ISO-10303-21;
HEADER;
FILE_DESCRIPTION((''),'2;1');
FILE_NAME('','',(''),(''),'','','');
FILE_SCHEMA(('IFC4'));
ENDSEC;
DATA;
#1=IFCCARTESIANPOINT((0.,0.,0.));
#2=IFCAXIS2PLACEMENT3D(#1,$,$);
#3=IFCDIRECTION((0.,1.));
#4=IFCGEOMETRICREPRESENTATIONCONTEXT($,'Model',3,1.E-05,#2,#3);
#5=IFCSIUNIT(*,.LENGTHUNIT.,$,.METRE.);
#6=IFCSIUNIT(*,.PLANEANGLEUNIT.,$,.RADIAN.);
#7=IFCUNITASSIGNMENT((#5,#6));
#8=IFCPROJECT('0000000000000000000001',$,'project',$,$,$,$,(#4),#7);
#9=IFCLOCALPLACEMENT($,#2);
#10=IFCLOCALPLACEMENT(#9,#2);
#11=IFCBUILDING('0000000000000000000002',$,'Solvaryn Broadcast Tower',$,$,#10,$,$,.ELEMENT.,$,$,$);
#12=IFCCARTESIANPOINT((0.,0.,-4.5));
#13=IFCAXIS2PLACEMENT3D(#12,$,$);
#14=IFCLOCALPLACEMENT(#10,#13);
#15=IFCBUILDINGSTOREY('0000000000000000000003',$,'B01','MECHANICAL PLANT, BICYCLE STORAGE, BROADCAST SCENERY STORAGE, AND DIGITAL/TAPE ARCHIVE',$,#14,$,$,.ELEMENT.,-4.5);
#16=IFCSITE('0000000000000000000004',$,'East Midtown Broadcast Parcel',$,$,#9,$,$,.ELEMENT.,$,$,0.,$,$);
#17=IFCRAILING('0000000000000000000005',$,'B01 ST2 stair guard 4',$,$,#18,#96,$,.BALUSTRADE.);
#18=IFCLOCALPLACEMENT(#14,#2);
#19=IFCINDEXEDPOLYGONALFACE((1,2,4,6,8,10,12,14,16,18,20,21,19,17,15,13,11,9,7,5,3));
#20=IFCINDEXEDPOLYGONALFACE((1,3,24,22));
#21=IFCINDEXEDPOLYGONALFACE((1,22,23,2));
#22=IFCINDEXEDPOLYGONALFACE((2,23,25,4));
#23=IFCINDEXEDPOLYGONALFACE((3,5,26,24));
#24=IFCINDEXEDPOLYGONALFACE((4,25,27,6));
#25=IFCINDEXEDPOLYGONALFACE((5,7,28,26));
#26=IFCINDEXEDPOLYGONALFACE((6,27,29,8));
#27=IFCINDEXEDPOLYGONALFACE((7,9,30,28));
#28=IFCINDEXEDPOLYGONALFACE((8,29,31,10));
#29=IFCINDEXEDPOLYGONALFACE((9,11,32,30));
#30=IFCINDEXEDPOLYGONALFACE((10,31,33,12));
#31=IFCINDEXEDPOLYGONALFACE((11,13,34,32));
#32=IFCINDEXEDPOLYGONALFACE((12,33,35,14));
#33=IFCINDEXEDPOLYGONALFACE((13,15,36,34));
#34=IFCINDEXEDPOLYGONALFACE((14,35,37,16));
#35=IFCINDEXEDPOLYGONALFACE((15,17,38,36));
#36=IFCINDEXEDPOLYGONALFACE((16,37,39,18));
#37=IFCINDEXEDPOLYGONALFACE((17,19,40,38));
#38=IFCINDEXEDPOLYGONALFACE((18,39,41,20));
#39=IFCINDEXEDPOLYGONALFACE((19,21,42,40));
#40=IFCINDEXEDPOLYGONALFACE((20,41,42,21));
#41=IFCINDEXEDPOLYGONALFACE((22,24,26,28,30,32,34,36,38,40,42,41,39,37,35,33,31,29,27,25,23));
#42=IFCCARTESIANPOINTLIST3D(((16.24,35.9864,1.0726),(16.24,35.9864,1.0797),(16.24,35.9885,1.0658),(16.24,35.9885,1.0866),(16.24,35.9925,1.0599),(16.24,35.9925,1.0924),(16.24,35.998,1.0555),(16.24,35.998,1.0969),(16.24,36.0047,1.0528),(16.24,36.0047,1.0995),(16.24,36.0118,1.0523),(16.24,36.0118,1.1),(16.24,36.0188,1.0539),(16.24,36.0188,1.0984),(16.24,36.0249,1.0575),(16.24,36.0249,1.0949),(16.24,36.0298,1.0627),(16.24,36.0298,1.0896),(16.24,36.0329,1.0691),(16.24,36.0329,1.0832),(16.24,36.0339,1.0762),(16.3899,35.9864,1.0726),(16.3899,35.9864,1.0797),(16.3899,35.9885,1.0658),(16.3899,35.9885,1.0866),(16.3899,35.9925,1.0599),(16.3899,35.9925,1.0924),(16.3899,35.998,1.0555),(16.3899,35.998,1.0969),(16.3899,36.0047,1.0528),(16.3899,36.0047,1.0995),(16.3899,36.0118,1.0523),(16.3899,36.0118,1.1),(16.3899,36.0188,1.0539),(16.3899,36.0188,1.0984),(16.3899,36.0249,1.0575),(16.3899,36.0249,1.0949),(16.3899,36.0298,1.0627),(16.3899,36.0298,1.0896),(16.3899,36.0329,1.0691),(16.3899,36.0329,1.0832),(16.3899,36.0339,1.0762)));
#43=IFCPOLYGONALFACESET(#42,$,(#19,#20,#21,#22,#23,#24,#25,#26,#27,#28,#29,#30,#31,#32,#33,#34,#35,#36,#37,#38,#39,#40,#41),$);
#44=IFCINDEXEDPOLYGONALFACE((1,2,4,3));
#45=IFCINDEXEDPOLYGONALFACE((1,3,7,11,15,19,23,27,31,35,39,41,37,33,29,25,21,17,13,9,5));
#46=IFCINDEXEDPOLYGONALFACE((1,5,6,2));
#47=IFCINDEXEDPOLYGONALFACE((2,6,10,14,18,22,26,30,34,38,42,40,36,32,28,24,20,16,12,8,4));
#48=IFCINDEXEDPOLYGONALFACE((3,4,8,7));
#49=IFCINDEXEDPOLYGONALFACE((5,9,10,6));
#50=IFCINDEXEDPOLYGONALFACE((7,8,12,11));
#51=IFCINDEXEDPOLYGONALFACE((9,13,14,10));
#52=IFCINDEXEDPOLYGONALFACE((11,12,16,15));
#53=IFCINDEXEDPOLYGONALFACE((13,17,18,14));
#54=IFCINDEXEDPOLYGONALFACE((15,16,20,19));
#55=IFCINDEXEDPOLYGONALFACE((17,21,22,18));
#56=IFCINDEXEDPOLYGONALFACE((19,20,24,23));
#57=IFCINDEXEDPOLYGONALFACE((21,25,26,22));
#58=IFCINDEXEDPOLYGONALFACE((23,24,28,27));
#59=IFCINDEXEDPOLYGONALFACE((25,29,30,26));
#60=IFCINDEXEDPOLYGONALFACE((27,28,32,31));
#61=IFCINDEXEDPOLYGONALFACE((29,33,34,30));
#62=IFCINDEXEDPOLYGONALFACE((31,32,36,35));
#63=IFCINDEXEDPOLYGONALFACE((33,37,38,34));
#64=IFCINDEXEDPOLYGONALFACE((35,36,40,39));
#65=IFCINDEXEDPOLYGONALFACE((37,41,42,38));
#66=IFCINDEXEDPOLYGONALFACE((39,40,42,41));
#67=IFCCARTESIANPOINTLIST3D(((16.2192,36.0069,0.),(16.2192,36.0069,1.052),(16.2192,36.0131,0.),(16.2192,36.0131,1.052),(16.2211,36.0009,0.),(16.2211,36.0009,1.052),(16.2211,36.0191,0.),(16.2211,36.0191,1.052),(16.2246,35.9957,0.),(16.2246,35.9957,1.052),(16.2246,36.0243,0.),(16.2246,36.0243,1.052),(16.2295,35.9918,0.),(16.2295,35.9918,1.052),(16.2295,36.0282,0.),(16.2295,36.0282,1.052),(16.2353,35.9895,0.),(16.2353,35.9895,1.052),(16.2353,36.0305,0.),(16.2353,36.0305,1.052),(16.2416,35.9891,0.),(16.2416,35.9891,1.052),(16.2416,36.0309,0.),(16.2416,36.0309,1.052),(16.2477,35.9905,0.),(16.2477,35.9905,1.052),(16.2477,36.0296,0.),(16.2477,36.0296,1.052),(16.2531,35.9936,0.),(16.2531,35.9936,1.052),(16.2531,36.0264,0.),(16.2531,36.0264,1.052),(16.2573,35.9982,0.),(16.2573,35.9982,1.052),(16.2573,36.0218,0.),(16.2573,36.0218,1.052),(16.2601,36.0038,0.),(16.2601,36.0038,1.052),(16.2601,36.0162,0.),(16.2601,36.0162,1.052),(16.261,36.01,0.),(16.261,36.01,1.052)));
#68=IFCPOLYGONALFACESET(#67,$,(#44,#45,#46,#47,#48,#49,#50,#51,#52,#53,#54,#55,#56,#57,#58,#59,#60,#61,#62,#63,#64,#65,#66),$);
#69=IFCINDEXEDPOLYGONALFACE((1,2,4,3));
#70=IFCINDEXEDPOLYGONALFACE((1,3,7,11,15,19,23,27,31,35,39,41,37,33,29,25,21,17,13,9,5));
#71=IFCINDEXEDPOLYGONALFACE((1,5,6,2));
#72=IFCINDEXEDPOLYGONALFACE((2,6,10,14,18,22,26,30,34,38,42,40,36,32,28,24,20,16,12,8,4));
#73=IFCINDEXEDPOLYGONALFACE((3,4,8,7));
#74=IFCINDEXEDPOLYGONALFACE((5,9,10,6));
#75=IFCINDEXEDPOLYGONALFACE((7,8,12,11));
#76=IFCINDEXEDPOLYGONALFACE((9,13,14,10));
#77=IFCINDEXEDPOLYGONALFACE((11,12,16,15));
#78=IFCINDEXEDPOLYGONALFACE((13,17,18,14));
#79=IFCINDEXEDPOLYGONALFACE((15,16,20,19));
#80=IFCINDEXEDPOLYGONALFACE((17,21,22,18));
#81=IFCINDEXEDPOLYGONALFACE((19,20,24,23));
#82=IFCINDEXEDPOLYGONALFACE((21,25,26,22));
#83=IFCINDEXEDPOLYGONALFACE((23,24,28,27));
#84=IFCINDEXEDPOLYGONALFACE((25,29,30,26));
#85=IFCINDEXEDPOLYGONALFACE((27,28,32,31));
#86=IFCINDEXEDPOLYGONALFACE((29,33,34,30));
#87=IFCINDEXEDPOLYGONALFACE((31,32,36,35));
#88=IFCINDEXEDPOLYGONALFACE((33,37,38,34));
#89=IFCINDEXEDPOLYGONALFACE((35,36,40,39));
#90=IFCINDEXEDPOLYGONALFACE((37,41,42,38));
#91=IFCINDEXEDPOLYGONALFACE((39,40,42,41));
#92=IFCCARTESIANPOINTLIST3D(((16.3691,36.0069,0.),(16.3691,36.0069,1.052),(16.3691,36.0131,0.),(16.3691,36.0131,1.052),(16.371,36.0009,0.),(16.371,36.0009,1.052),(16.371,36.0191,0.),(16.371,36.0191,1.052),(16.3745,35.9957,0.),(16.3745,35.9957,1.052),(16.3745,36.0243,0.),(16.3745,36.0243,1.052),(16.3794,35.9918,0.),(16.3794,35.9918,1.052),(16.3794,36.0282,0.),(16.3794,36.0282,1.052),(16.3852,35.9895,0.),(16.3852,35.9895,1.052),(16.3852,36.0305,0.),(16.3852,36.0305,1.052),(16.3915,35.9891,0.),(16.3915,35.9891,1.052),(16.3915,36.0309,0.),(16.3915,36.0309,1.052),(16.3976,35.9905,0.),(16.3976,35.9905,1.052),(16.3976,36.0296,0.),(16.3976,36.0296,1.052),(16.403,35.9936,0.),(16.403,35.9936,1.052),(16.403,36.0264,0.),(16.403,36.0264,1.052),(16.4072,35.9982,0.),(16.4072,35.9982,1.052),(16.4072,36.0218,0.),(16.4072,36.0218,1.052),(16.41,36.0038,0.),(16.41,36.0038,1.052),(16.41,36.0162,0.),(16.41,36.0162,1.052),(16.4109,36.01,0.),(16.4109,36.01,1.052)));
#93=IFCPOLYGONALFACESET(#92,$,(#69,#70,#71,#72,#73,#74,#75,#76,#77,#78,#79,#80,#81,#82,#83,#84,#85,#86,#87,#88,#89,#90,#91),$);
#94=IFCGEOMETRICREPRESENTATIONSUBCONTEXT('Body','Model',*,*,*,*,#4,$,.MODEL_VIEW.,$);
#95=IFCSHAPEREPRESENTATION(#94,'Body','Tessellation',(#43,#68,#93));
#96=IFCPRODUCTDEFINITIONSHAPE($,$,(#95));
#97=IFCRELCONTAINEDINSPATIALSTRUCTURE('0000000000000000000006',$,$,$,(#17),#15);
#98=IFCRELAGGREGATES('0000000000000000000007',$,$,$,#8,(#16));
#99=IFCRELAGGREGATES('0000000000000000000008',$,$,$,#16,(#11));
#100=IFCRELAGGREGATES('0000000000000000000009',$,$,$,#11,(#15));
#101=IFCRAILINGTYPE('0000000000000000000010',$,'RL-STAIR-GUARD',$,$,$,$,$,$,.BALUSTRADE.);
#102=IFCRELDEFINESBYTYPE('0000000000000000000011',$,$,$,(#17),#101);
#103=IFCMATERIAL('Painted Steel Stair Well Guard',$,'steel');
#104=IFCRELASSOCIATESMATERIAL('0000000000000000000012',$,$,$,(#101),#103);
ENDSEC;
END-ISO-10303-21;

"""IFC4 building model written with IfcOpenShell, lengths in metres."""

from ifc_helpers import new_model, si_unit, direction, frame, origin, origin_2d, place, context, subcontext, project, spatial, circle, extrude, material, type_object, element, save


model = new_model("IFC4")

# Units and contexts
model_context = context("Model", 3, precision=1e-05, world=origin(), true_north=direction((0.0, 1.0)))
body_context = subcontext(model_context, "Body", "Model", "MODEL_VIEW")
ifc_project = project(units=[si_unit("LENGTHUNIT", "METRE"), si_unit("PLANEANGLEUNIT", "RADIAN")], contexts=[model_context])

# Site, building, storey
site_placement = place(None, origin())
site = spatial("IfcSite", under=ifc_project, at=site_placement, Name="East Midtown Broadcast Parcel", CompositionType="ELEMENT", RefElevation=0.0)
building_placement = place(site_placement, origin())
building = spatial("IfcBuilding", under=site, at=building_placement, Name="Solvaryn Broadcast Tower", CompositionType="ELEMENT")
storey_placement = place(building_placement, frame((0.0, 0.0, -4.5)))
storey = spatial("IfcBuildingStorey", under=building, at=storey_placement, Name="B01", Description="MECHANICAL PLANT, BICYCLE STORAGE, BROADCAST SCENERY STORAGE, AND DIGITAL/TAPE ARCHIVE", CompositionType="ELEMENT", Elevation=-4.5)

# Railing
ifc_material_1 = material(Name="Painted Steel Stair Well Guard", Category="steel")
railing_type_1 = type_object("IfcRailingType", Name="RL-STAIR-GUARD", PredefinedType="BALUSTRADE", material=ifc_material_1)
railing_1_placement = place(storey_placement, frame((16.24, 36.01, 0.0)))
element("IfcRailing", 1, at=railing_1_placement, inside=storey, type_object=railing_type_1, Name="B01 ST2 stair guard 4", PredefinedType="BALUSTRADE", context=body_context, shape_type="SweptSolid", body=[
    extrude(circle(Radius=0.0239, at=origin_2d()), frame((0.0, 0.0, 1.0762), z_axis=(1.0, 0.0, 0.0), x_axis=(0.0, 1.0, 0.0)), (0.0, 0.0, 1.0), 0.1499),
    extrude(circle(Radius=0.021, at=origin_2d()), origin(), (0.0, 0.0, 1.0), 1.052),
    extrude(circle(Radius=0.021, at=origin_2d()), frame((0.1499, 0.0, 0.0)), (0.0, 0.0, 1.0), 1.052),
])

save(model, "model.ifc")
